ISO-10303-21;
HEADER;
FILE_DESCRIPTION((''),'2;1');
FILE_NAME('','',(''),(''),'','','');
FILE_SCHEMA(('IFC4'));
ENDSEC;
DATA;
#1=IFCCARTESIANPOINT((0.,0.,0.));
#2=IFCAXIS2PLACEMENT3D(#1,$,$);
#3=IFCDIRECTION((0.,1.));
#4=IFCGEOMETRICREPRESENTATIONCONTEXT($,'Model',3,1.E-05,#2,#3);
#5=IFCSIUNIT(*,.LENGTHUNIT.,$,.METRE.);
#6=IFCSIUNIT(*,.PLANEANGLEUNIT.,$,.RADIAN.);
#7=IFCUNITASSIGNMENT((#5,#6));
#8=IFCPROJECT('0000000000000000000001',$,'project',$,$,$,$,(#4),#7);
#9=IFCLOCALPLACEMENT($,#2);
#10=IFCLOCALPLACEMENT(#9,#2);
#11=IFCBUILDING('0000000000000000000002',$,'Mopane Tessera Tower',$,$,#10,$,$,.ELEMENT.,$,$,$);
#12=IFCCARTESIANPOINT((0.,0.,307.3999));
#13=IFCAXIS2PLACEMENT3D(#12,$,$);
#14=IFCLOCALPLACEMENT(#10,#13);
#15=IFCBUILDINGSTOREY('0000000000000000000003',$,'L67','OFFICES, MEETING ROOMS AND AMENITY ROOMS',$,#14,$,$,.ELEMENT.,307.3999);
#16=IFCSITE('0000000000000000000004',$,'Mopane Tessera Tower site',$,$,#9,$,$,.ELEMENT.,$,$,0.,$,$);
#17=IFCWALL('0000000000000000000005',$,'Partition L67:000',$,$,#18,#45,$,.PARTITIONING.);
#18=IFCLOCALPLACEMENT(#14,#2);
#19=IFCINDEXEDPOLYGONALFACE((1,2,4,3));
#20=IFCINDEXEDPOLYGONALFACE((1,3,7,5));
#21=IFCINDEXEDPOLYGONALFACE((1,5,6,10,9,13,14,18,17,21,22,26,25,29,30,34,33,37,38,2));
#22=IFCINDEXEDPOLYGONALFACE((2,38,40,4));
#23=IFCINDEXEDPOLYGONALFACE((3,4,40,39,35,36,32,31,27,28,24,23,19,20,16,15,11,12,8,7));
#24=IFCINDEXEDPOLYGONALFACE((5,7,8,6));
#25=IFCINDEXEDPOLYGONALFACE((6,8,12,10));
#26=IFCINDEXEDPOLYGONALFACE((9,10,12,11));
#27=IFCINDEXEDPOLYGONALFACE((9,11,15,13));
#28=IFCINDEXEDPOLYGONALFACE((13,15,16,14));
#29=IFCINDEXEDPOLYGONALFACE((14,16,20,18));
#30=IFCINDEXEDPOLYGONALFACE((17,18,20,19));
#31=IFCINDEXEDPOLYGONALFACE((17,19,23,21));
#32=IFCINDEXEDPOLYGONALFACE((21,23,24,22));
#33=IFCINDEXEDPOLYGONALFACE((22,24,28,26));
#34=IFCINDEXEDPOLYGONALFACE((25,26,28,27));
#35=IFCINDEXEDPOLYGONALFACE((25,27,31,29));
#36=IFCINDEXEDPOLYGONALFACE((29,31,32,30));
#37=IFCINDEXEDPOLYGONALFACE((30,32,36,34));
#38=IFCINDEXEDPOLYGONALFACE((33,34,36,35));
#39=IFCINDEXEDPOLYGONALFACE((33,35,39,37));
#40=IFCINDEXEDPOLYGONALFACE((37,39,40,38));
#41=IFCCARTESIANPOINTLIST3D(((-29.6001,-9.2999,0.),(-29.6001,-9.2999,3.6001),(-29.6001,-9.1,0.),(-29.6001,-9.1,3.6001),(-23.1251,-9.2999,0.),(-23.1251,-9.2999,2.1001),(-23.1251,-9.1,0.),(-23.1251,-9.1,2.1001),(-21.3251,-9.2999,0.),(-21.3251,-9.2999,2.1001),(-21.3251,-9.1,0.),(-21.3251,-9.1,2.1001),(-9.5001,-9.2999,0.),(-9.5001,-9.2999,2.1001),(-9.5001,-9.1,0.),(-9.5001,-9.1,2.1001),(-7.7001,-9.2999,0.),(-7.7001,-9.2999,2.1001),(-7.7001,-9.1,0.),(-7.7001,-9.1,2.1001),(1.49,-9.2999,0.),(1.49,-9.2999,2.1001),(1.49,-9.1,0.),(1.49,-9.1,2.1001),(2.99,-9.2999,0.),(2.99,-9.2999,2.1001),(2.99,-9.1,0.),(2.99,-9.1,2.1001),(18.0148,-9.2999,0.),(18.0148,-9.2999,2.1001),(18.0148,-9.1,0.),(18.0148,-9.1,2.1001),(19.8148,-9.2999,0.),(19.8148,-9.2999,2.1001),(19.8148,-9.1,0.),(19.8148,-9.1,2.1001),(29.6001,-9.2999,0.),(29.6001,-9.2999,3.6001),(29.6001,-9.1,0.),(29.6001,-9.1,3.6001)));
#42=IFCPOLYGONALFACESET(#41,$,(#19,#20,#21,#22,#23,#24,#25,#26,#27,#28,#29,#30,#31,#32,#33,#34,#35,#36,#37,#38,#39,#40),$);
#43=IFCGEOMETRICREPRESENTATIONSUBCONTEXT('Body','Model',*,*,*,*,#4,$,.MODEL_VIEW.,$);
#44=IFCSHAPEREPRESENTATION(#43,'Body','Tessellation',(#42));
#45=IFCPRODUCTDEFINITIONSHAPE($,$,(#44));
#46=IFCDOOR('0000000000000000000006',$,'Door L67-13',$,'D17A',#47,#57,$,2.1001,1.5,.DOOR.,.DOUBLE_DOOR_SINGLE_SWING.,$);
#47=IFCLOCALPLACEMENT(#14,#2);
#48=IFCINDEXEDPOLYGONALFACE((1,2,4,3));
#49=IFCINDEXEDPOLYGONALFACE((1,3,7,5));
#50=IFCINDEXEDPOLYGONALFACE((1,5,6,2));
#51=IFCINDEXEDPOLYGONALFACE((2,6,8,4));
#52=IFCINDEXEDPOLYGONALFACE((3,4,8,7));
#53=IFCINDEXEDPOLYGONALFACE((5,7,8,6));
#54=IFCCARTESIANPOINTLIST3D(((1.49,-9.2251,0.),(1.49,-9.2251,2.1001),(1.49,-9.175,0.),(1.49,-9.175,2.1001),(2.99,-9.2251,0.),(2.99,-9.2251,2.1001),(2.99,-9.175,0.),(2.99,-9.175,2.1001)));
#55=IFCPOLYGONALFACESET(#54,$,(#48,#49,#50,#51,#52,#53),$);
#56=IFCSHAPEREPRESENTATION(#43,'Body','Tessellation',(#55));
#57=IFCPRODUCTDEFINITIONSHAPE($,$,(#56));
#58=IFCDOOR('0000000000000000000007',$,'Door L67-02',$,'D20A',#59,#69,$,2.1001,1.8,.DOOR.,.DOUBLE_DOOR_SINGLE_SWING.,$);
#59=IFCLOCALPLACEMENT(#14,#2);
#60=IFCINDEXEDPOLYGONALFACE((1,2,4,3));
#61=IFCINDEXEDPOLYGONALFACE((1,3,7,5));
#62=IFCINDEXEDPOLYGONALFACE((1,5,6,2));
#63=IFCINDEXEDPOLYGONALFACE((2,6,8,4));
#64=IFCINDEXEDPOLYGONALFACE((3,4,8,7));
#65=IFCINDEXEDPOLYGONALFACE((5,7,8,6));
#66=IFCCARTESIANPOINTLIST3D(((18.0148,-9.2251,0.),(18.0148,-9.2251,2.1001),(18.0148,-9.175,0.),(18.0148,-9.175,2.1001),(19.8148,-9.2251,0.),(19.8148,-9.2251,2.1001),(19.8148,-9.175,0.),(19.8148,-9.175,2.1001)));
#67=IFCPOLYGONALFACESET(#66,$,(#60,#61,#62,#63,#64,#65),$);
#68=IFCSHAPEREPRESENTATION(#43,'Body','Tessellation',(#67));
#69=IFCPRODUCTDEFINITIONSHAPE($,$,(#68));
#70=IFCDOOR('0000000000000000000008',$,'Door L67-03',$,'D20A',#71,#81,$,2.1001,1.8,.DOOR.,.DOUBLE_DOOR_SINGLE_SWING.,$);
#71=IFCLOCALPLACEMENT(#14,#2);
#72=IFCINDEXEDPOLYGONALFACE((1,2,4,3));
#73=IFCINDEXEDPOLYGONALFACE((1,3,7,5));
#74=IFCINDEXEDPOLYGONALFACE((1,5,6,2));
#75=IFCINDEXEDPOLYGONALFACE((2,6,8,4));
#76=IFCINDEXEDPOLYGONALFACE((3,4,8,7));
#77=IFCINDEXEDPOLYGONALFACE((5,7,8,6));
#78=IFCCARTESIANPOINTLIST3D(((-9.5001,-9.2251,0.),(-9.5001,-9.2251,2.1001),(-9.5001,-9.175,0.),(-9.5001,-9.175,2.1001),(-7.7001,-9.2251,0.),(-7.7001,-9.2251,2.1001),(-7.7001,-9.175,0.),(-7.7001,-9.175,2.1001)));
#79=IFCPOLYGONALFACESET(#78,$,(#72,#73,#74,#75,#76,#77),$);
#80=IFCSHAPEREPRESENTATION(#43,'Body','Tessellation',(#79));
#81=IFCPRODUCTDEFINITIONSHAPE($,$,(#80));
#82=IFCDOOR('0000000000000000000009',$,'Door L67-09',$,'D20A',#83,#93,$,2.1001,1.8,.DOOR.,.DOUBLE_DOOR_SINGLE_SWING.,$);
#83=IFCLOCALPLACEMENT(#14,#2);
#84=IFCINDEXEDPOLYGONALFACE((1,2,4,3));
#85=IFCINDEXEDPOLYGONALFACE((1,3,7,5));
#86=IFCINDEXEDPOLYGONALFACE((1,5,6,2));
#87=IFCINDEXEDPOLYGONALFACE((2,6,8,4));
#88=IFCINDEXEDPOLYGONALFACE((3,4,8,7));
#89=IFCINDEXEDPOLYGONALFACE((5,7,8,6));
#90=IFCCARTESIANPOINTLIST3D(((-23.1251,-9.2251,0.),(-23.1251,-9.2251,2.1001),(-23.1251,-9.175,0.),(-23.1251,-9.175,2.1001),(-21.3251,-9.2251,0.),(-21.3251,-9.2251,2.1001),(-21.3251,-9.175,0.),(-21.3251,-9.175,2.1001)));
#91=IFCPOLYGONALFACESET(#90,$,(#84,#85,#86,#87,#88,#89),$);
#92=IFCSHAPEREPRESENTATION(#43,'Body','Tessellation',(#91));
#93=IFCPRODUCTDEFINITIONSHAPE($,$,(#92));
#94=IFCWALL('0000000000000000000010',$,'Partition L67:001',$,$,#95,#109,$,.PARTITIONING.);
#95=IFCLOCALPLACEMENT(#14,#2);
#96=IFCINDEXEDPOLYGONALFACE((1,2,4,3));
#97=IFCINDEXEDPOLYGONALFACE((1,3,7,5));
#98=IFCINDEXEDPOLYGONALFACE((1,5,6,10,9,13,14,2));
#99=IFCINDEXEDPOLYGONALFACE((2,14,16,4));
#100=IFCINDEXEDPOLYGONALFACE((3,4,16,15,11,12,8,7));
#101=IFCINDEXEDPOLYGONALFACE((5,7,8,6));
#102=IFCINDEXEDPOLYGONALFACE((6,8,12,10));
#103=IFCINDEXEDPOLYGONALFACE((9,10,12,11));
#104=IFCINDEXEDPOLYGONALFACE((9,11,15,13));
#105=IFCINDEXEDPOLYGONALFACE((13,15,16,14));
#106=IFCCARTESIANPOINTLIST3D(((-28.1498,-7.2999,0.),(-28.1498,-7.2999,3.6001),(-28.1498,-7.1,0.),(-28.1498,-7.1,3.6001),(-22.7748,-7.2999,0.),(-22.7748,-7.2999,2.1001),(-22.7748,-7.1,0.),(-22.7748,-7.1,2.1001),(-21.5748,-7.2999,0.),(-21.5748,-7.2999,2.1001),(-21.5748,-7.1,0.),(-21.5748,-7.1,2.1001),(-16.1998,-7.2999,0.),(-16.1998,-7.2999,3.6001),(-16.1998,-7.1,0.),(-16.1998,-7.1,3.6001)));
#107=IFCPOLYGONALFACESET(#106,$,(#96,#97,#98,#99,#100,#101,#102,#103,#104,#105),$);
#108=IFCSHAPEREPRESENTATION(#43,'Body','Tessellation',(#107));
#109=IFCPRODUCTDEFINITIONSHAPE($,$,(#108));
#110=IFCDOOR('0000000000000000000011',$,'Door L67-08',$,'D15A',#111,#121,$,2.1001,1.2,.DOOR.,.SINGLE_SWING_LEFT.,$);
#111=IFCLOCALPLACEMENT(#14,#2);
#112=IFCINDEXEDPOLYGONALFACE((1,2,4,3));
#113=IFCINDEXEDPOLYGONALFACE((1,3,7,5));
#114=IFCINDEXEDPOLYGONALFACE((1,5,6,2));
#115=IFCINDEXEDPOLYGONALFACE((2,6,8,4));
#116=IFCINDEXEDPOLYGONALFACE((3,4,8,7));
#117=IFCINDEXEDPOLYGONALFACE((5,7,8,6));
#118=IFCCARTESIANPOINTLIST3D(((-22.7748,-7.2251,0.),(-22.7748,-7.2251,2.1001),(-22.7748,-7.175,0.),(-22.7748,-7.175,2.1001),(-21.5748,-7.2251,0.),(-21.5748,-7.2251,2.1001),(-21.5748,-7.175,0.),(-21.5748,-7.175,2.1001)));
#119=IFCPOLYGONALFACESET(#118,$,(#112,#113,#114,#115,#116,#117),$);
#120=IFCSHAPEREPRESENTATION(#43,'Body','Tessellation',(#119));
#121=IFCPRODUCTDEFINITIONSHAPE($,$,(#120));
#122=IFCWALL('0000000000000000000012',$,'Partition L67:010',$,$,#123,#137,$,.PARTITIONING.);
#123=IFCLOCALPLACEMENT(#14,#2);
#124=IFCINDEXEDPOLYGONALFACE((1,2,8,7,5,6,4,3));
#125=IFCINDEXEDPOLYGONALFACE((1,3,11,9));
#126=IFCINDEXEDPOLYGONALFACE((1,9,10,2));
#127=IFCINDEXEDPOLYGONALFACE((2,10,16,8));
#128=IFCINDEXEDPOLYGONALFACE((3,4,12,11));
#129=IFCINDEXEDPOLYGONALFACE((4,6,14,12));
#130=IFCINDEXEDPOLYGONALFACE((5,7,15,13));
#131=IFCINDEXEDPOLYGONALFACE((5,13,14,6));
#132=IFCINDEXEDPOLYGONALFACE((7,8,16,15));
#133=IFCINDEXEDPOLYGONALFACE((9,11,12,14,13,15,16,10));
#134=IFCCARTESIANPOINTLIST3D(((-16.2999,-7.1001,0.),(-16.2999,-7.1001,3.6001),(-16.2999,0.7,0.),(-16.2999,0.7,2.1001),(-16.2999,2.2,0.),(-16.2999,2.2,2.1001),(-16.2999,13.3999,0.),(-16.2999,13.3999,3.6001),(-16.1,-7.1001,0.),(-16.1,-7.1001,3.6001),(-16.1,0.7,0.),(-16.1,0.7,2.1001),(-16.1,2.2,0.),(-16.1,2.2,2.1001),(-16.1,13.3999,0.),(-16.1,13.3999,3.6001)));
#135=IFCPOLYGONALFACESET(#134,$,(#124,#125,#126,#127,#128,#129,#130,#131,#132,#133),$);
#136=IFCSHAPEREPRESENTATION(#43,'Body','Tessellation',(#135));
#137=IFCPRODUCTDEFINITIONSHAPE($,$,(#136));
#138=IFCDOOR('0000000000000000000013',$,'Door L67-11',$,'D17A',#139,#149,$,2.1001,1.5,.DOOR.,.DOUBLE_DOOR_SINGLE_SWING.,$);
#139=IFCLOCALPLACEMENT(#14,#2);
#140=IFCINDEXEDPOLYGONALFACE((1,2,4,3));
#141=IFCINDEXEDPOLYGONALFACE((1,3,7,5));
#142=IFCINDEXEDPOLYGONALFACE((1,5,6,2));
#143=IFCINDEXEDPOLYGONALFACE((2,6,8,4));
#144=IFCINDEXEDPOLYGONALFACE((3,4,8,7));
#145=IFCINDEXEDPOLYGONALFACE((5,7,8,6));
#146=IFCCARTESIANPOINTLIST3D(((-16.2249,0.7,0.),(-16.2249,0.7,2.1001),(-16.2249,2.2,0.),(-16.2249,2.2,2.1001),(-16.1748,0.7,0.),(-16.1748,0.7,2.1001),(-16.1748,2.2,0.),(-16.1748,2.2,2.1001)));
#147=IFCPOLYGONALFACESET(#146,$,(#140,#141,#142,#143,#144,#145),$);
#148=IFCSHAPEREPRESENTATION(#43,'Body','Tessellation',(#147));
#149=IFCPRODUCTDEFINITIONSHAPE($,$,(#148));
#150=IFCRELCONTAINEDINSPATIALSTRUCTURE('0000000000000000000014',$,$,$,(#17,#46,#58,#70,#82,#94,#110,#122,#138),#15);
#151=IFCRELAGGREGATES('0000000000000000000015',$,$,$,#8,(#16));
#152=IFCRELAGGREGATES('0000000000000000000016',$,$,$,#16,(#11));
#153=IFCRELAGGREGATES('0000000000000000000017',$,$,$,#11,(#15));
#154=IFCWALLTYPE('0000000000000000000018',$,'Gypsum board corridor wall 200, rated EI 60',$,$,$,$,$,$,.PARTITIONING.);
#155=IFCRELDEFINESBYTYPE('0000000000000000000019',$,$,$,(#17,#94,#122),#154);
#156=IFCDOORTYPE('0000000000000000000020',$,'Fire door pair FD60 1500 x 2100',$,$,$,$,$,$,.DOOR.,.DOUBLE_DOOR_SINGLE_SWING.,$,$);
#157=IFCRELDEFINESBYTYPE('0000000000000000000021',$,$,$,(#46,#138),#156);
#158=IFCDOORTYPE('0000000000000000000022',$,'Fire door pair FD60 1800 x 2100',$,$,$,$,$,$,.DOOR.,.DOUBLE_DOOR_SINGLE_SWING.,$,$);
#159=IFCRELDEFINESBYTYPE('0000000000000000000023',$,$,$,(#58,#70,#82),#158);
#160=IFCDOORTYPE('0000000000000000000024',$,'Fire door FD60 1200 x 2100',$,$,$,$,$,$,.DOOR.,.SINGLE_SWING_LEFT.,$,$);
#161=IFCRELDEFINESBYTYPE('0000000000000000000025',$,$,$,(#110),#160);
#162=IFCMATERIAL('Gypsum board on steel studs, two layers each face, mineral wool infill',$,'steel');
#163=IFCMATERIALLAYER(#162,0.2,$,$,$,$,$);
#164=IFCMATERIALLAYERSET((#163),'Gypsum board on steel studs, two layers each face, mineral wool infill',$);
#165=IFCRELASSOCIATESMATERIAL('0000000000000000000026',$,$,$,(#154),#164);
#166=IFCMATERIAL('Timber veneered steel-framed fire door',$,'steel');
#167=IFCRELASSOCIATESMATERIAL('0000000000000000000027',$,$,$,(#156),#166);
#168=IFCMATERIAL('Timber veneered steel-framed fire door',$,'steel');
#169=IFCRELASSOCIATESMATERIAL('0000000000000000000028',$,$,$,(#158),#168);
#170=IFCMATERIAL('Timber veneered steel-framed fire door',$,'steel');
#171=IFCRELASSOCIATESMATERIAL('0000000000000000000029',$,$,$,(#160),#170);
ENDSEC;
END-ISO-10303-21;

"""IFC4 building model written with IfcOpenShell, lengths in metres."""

from ifc_helpers import new_model, si_unit, direction, frame, frame_2d, origin, place, context, subcontext, project, spatial, rectangle, extrude, material, layer, layer_set, type_object, element, fill, save


model = new_model("IFC4")

# Units and contexts
model_context = context("Model", 3, precision=1e-05, world=origin(), true_north=direction((0.0, 1.0)))
body_context = subcontext(model_context, "Body", "Model", "MODEL_VIEW")
ifc_project = project(units=[si_unit("LENGTHUNIT", "METRE"), si_unit("PLANEANGLEUNIT", "RADIAN")], contexts=[model_context])

# Site, building, storey
site_placement = place(None, origin())
site = spatial("IfcSite", under=ifc_project, at=site_placement, Name="Mopane Tessera Tower site", CompositionType="ELEMENT", RefElevation=0.0)
building_placement = place(site_placement, origin())
building = spatial("IfcBuilding", under=site, at=building_placement, Name="Mopane Tessera Tower", CompositionType="ELEMENT")
storey_placement = place(building_placement, frame((0.0, 0.0, 307.3999)))
storey = spatial("IfcBuildingStorey", under=building, at=storey_placement, Name="L67", Description="OFFICES, MEETING ROOMS AND AMENITY ROOMS", CompositionType="ELEMENT", Elevation=307.3999)

# Wall, openings, doors
ifc_material_1 = material(Name="Gypsum board on steel studs, two layers each face, mineral wool infill", Category="steel")
ifc_layer_1 = layer(ifc_material_1, 0.2)
ifc_layer_set_1 = layer_set([ifc_layer_1], Name="Gypsum board on steel studs, two layers each face, mineral wool infill")
wall_type_1 = type_object("IfcWallType", Name="Gypsum board corridor wall 200, rated EI 60", PredefinedType="PARTITIONING", material=ifc_layer_set_1)
wall_1_placement = place(storey_placement, frame((-29.6001, -9.2, 0.0), z_axis=(0.0, 0.0, 1.0), x_axis=(1.0, 0.0, 0.0)))
wall_1 = element("IfcWall", 1, at=wall_1_placement, inside=storey, type_object=wall_type_1, Name="Partition L67:000", PredefinedType="PARTITIONING", context=body_context, shape_type="SweptSolid", body=[
    extrude(rectangle(XDim=59.2002, YDim=0.2, at=frame_2d((29.6001, 0.0))), origin(), (0.0, 0.0, 1.0), 3.6001),
])
opening_1_placement = place(wall_1_placement, frame((47.615, 0.0, 0.0)))
opening_1 = element("IfcOpeningElement", 2, at=opening_1_placement, cuts=wall_1, PredefinedType="OPENING", context=body_context, shape_type="SweptSolid", body=[
    extrude(rectangle(XDim=1.8, YDim=2.1001, at=frame_2d((0.8999, 1.05))), frame((0.0, 0.1121, 0.0), z_axis=(0.0, -1.0, 0.0), x_axis=(1.0, 0.0, 0.0)), (0.0, 0.0, 1.0), 0.2239),
])
opening_2_placement = place(wall_1_placement, frame((20.1001, 0.0, 0.0)))
opening_2 = element("IfcOpeningElement", 3, at=opening_2_placement, cuts=wall_1, PredefinedType="OPENING", context=body_context, shape_type="SweptSolid", body=[
    extrude(rectangle(XDim=1.8, YDim=2.1001, at=frame_2d((0.8999, 1.05))), frame((0.0, 0.1121, 0.0), z_axis=(0.0, -1.0, 0.0), x_axis=(1.0, 0.0, 0.0)), (0.0, 0.0, 1.0), 0.2239),
])
opening_3_placement = place(wall_1_placement, frame((6.4751, 0.0, 0.0)))
opening_3 = element("IfcOpeningElement", 4, at=opening_3_placement, cuts=wall_1, PredefinedType="OPENING", context=body_context, shape_type="SweptSolid", body=[
    extrude(rectangle(XDim=1.8, YDim=2.1001, at=frame_2d((0.8999, 1.05))), frame((0.0, 0.1121, 0.0), z_axis=(0.0, -1.0, 0.0), x_axis=(1.0, 0.0, 0.0)), (0.0, 0.0, 1.0), 0.2239),
])
opening_4_placement = place(wall_1_placement, frame((31.0901, 0.0, 0.0)))
opening_4 = element("IfcOpeningElement", 5, at=opening_4_placement, cuts=wall_1, PredefinedType="OPENING", context=body_context, shape_type="SweptSolid", body=[
    extrude(rectangle(XDim=1.5, YDim=2.1001, at=frame_2d((0.75, 1.05))), frame((0.0, 0.1121, 0.0), z_axis=(0.0, -1.0, 0.0), x_axis=(1.0, 0.0, 0.0)), (0.0, 0.0, 1.0), 0.2239),
])
ifc_material_2 = material(Name="Timber veneered steel-framed fire door", Category="steel")
door_type_1 = type_object("IfcDoorType", Name="Fire door pair FD60 1500 x 2100", OperationType="DOUBLE_DOOR_SINGLE_SWING", PredefinedType="DOOR", material=ifc_material_2)
door_1_placement = place(opening_4_placement, origin())
door_1 = element("IfcDoor", 6, at=door_1_placement, inside=storey, type_object=door_type_1, Name="Door L67-13", ObjectType="D17A", OperationType="DOUBLE_DOOR_SINGLE_SWING", OverallHeight=2.1001, OverallWidth=1.5, PredefinedType="DOOR", context=body_context, shape_type="SweptSolid", body=[
    extrude(rectangle(XDim=1.5, YDim=2.1001, at=frame_2d((0.75, 1.05))), frame((0.0, 0.0249, 0.0), z_axis=(0.0, -1.0, 0.0), x_axis=(1.0, 0.0, 0.0)), (0.0, 0.0, 1.0), 0.05),
])
fill(opening_4, door_1)
ifc_material_3 = material(Name="Timber veneered steel-framed fire door", Category="steel")
door_type_2 = type_object("IfcDoorType", Name="Fire door pair FD60 1800 x 2100", OperationType="DOUBLE_DOOR_SINGLE_SWING", PredefinedType="DOOR", material=ifc_material_3)
door_2_placement = place(opening_1_placement, origin())
door_2 = element("IfcDoor", 7, at=door_2_placement, inside=storey, type_object=door_type_2, Name="Door L67-02", ObjectType="D20A", OperationType="DOUBLE_DOOR_SINGLE_SWING", OverallHeight=2.1001, OverallWidth=1.8, PredefinedType="DOOR", context=body_context, shape_type="SweptSolid", body=[
    extrude(rectangle(XDim=1.8, YDim=2.1001, at=frame_2d((0.8999, 1.05))), frame((0.0, 0.0249, 0.0), z_axis=(0.0, -1.0, 0.0), x_axis=(1.0, 0.0, 0.0)), (0.0, 0.0, 1.0), 0.05),
])
fill(opening_1, door_2)
door_3_placement = place(opening_2_placement, origin())
door_3 = element("IfcDoor", 8, at=door_3_placement, inside=storey, type_object=door_type_2, Name="Door L67-03", ObjectType="D20A", OperationType="DOUBLE_DOOR_SINGLE_SWING", OverallHeight=2.1001, OverallWidth=1.8, PredefinedType="DOOR", context=body_context, shape_type="SweptSolid", body=[
    extrude(rectangle(XDim=1.8, YDim=2.1001, at=frame_2d((0.8999, 1.05))), frame((0.0, 0.0249, 0.0), z_axis=(0.0, -1.0, 0.0), x_axis=(1.0, 0.0, 0.0)), (0.0, 0.0, 1.0), 0.05),
])
fill(opening_2, door_3)
door_4_placement = place(opening_3_placement, origin())
door_4 = element("IfcDoor", 9, at=door_4_placement, inside=storey, type_object=door_type_2, Name="Door L67-09", ObjectType="D20A", OperationType="DOUBLE_DOOR_SINGLE_SWING", OverallHeight=2.1001, OverallWidth=1.8, PredefinedType="DOOR", context=body_context, shape_type="SweptSolid", body=[
    extrude(rectangle(XDim=1.8, YDim=2.1001, at=frame_2d((0.8999, 1.05))), frame((0.0, 0.0249, 0.0), z_axis=(0.0, -1.0, 0.0), x_axis=(1.0, 0.0, 0.0)), (0.0, 0.0, 1.0), 0.05),
])
fill(opening_3, door_4)

# Walls, openings, doors
wall_2_placement = place(storey_placement, frame((-28.1499, -7.2, 0.0), z_axis=(0.0, 0.0, 1.0), x_axis=(1.0, 0.0, 0.0)))
wall_2 = element("IfcWall", 10, at=wall_2_placement, inside=storey, type_object=wall_type_1, Name="Partition L67:001", PredefinedType="PARTITIONING", context=body_context, shape_type="SweptSolid", body=[
    extrude(rectangle(XDim=11.95, YDim=0.2, at=frame_2d((5.9751, 0.0))), origin(), (0.0, 0.0, 1.0), 3.6001),
])
opening_5_placement = place(wall_2_placement, frame((5.375, 0.0, 0.0)))
opening_5 = element("IfcOpeningElement", 11, at=opening_5_placement, cuts=wall_2, PredefinedType="OPENING", context=body_context, shape_type="SweptSolid", body=[
    extrude(rectangle(XDim=1.2, YDim=2.1001, at=frame_2d((0.6001, 1.05))), frame((0.0, 0.1121, 0.0), z_axis=(0.0, -1.0, 0.0), x_axis=(1.0, 0.0, 0.0)), (0.0, 0.0, 1.0), 0.2239),
])
ifc_material_4 = material(Name="Timber veneered steel-framed fire door", Category="steel")
door_type_3 = type_object("IfcDoorType", Name="Fire door FD60 1200 x 2100", OperationType="SINGLE_SWING_LEFT", PredefinedType="DOOR", material=ifc_material_4)
door_5_placement = place(opening_5_placement, origin())
door_5 = element("IfcDoor", 12, at=door_5_placement, inside=storey, type_object=door_type_3, Name="Door L67-08", ObjectType="D15A", OperationType="SINGLE_SWING_LEFT", OverallHeight=2.1001, OverallWidth=1.2, PredefinedType="DOOR", context=body_context, shape_type="SweptSolid", body=[
    extrude(rectangle(XDim=1.2, YDim=2.1001, at=frame_2d((0.6001, 1.05))), frame((0.0, 0.0249, 0.0), z_axis=(0.0, -1.0, 0.0), x_axis=(1.0, 0.0, 0.0)), (0.0, 0.0, 1.0), 0.05),
])
fill(opening_5, door_5)
wall_3_placement = place(storey_placement, frame((-16.2, -7.1001, 0.0), z_axis=(0.0, 0.0, 1.0), x_axis=(0.0, 1.0, 0.0)))
wall_3 = element("IfcWall", 13, at=wall_3_placement, inside=storey, type_object=wall_type_1, Name="Partition L67:010", PredefinedType="PARTITIONING", context=body_context, shape_type="SweptSolid", body=[
    extrude(rectangle(XDim=20.5, YDim=0.2, at=frame_2d((10.25, 0.0))), origin(), (0.0, 0.0, 1.0), 3.6001),
])
opening_6_placement = place(wall_3_placement, frame((7.8, 0.0, 0.0)))
opening_6 = element("IfcOpeningElement", 14, at=opening_6_placement, cuts=wall_3, PredefinedType="OPENING", context=body_context, shape_type="SweptSolid", body=[
    extrude(rectangle(XDim=1.5, YDim=2.1001, at=frame_2d((0.75, 1.05))), frame((0.0, 0.1121, 0.0), z_axis=(0.0, -1.0, 0.0), x_axis=(1.0, 0.0, 0.0)), (0.0, 0.0, 1.0), 0.2239),
])
door_6_placement = place(opening_6_placement, origin())
door_6 = element("IfcDoor", 15, at=door_6_placement, inside=storey, type_object=door_type_1, Name="Door L67-11", ObjectType="D17A", OperationType="DOUBLE_DOOR_SINGLE_SWING", OverallHeight=2.1001, OverallWidth=1.5, PredefinedType="DOOR", context=body_context, shape_type="SweptSolid", body=[
    extrude(rectangle(XDim=1.5, YDim=2.1001, at=frame_2d((0.75, 1.05))), frame((0.0, 0.0249, 0.0), z_axis=(0.0, -1.0, 0.0), x_axis=(1.0, 0.0, 0.0)), (0.0, 0.0, 1.0), 0.05),
])
fill(opening_6, door_6)

save(model, "model.ifc")
